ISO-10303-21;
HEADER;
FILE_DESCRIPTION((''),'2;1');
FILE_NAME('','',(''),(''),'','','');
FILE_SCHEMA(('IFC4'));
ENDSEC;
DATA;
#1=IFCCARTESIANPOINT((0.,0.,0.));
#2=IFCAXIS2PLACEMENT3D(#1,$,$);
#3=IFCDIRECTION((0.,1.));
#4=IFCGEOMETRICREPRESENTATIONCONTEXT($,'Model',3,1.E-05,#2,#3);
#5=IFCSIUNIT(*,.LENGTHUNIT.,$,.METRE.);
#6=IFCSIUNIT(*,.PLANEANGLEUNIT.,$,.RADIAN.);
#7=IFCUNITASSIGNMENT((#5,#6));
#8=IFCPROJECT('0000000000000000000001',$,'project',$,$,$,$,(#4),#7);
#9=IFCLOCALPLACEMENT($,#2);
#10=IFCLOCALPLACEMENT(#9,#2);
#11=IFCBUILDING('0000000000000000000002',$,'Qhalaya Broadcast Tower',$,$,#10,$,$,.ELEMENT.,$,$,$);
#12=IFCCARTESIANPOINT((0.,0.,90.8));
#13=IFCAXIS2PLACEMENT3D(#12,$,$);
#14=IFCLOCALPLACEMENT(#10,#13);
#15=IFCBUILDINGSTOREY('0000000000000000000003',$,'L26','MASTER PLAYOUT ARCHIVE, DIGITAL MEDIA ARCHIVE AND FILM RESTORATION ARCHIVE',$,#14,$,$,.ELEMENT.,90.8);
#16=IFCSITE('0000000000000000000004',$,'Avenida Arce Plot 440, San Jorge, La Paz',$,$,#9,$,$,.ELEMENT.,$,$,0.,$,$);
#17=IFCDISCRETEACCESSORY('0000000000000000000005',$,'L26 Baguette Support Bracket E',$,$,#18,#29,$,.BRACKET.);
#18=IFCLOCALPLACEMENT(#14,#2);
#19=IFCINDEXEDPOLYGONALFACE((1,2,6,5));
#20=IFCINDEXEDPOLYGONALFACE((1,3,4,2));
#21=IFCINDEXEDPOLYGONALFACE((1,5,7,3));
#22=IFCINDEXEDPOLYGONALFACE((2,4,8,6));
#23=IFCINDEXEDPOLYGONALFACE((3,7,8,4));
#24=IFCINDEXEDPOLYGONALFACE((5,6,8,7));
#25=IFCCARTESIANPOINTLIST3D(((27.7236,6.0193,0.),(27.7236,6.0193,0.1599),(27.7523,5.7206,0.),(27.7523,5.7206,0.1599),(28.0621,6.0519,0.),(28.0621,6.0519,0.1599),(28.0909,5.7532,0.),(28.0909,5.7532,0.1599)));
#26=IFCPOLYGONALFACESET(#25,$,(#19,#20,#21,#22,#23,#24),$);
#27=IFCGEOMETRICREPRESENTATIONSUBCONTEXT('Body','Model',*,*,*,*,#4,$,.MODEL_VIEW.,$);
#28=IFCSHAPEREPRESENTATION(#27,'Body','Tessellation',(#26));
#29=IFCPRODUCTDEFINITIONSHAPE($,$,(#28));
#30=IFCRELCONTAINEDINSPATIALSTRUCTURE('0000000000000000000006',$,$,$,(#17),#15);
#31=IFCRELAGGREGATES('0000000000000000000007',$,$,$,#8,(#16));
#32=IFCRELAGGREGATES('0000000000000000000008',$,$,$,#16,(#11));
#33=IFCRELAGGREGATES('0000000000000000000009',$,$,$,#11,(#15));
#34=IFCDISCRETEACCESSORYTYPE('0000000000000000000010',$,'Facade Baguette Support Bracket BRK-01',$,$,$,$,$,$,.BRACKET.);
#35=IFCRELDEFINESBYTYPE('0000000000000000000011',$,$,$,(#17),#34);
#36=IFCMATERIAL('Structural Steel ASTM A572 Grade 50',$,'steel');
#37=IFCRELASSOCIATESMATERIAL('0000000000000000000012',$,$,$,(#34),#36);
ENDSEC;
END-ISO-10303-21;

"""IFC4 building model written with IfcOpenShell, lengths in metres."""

from ifc_helpers import new_model, si_unit, direction, frame, origin, origin_2d, place, context, subcontext, project, spatial, rectangle, extrude, material, type_object, element, save


model = new_model("IFC4")

# Units and contexts
model_context = context("Model", 3, precision=1e-05, world=origin(), true_north=direction((0.0, 1.0)))
body_context = subcontext(model_context, "Body", "Model", "MODEL_VIEW")
ifc_project = project(units=[si_unit("LENGTHUNIT", "METRE"), si_unit("PLANEANGLEUNIT", "RADIAN")], contexts=[model_context])

# Site, building, storey
site_placement = place(None, origin())
site = spatial("IfcSite", under=ifc_project, at=site_placement, Name="Avenida Arce Plot 440, San Jorge, La Paz", CompositionType="ELEMENT", RefElevation=0.0)
building_placement = place(site_placement, origin())
building = spatial("IfcBuilding", under=site, at=building_placement, Name="Qhalaya Broadcast Tower", CompositionType="ELEMENT")
storey_placement = place(building_placement, frame((0.0, 0.0, 90.8)))
storey = spatial("IfcBuildingStorey", under=building, at=storey_placement, Name="L26", Description="MASTER PLAYOUT ARCHIVE, DIGITAL MEDIA ARCHIVE AND FILM RESTORATION ARCHIVE", CompositionType="ELEMENT", Elevation=90.8)

# Shared definitions
ifc_material_1 = material(Name="Structural Steel ASTM A572 Grade 50", Category="steel")

# Discrete accessory
discrete_accessory_type = type_object("IfcDiscreteAccessoryType", Name="Facade Baguette Support Bracket BRK-01", PredefinedType="BRACKET", material=ifc_material_1)
discrete_accessory_placement = place(storey_placement, frame((27.9072, 5.8862, 0.0), z_axis=(0.0, 0.0, 1.0), x_axis=(-0.095846, 0.995396, 0.0)))
element("IfcDiscreteAccessory", 1, at=discrete_accessory_placement, inside=storey, type_object=discrete_accessory_type, Name="L26 Baguette Support Bracket E", PredefinedType="BRACKET", context=body_context, shape_type="SweptSolid", body=[
    extrude(rectangle(XDim=0.3, YDim=0.3401, at=origin_2d()), origin(), (0.0, 0.0, 1.0), 0.1599),
])

save(model, "model.ifc")
